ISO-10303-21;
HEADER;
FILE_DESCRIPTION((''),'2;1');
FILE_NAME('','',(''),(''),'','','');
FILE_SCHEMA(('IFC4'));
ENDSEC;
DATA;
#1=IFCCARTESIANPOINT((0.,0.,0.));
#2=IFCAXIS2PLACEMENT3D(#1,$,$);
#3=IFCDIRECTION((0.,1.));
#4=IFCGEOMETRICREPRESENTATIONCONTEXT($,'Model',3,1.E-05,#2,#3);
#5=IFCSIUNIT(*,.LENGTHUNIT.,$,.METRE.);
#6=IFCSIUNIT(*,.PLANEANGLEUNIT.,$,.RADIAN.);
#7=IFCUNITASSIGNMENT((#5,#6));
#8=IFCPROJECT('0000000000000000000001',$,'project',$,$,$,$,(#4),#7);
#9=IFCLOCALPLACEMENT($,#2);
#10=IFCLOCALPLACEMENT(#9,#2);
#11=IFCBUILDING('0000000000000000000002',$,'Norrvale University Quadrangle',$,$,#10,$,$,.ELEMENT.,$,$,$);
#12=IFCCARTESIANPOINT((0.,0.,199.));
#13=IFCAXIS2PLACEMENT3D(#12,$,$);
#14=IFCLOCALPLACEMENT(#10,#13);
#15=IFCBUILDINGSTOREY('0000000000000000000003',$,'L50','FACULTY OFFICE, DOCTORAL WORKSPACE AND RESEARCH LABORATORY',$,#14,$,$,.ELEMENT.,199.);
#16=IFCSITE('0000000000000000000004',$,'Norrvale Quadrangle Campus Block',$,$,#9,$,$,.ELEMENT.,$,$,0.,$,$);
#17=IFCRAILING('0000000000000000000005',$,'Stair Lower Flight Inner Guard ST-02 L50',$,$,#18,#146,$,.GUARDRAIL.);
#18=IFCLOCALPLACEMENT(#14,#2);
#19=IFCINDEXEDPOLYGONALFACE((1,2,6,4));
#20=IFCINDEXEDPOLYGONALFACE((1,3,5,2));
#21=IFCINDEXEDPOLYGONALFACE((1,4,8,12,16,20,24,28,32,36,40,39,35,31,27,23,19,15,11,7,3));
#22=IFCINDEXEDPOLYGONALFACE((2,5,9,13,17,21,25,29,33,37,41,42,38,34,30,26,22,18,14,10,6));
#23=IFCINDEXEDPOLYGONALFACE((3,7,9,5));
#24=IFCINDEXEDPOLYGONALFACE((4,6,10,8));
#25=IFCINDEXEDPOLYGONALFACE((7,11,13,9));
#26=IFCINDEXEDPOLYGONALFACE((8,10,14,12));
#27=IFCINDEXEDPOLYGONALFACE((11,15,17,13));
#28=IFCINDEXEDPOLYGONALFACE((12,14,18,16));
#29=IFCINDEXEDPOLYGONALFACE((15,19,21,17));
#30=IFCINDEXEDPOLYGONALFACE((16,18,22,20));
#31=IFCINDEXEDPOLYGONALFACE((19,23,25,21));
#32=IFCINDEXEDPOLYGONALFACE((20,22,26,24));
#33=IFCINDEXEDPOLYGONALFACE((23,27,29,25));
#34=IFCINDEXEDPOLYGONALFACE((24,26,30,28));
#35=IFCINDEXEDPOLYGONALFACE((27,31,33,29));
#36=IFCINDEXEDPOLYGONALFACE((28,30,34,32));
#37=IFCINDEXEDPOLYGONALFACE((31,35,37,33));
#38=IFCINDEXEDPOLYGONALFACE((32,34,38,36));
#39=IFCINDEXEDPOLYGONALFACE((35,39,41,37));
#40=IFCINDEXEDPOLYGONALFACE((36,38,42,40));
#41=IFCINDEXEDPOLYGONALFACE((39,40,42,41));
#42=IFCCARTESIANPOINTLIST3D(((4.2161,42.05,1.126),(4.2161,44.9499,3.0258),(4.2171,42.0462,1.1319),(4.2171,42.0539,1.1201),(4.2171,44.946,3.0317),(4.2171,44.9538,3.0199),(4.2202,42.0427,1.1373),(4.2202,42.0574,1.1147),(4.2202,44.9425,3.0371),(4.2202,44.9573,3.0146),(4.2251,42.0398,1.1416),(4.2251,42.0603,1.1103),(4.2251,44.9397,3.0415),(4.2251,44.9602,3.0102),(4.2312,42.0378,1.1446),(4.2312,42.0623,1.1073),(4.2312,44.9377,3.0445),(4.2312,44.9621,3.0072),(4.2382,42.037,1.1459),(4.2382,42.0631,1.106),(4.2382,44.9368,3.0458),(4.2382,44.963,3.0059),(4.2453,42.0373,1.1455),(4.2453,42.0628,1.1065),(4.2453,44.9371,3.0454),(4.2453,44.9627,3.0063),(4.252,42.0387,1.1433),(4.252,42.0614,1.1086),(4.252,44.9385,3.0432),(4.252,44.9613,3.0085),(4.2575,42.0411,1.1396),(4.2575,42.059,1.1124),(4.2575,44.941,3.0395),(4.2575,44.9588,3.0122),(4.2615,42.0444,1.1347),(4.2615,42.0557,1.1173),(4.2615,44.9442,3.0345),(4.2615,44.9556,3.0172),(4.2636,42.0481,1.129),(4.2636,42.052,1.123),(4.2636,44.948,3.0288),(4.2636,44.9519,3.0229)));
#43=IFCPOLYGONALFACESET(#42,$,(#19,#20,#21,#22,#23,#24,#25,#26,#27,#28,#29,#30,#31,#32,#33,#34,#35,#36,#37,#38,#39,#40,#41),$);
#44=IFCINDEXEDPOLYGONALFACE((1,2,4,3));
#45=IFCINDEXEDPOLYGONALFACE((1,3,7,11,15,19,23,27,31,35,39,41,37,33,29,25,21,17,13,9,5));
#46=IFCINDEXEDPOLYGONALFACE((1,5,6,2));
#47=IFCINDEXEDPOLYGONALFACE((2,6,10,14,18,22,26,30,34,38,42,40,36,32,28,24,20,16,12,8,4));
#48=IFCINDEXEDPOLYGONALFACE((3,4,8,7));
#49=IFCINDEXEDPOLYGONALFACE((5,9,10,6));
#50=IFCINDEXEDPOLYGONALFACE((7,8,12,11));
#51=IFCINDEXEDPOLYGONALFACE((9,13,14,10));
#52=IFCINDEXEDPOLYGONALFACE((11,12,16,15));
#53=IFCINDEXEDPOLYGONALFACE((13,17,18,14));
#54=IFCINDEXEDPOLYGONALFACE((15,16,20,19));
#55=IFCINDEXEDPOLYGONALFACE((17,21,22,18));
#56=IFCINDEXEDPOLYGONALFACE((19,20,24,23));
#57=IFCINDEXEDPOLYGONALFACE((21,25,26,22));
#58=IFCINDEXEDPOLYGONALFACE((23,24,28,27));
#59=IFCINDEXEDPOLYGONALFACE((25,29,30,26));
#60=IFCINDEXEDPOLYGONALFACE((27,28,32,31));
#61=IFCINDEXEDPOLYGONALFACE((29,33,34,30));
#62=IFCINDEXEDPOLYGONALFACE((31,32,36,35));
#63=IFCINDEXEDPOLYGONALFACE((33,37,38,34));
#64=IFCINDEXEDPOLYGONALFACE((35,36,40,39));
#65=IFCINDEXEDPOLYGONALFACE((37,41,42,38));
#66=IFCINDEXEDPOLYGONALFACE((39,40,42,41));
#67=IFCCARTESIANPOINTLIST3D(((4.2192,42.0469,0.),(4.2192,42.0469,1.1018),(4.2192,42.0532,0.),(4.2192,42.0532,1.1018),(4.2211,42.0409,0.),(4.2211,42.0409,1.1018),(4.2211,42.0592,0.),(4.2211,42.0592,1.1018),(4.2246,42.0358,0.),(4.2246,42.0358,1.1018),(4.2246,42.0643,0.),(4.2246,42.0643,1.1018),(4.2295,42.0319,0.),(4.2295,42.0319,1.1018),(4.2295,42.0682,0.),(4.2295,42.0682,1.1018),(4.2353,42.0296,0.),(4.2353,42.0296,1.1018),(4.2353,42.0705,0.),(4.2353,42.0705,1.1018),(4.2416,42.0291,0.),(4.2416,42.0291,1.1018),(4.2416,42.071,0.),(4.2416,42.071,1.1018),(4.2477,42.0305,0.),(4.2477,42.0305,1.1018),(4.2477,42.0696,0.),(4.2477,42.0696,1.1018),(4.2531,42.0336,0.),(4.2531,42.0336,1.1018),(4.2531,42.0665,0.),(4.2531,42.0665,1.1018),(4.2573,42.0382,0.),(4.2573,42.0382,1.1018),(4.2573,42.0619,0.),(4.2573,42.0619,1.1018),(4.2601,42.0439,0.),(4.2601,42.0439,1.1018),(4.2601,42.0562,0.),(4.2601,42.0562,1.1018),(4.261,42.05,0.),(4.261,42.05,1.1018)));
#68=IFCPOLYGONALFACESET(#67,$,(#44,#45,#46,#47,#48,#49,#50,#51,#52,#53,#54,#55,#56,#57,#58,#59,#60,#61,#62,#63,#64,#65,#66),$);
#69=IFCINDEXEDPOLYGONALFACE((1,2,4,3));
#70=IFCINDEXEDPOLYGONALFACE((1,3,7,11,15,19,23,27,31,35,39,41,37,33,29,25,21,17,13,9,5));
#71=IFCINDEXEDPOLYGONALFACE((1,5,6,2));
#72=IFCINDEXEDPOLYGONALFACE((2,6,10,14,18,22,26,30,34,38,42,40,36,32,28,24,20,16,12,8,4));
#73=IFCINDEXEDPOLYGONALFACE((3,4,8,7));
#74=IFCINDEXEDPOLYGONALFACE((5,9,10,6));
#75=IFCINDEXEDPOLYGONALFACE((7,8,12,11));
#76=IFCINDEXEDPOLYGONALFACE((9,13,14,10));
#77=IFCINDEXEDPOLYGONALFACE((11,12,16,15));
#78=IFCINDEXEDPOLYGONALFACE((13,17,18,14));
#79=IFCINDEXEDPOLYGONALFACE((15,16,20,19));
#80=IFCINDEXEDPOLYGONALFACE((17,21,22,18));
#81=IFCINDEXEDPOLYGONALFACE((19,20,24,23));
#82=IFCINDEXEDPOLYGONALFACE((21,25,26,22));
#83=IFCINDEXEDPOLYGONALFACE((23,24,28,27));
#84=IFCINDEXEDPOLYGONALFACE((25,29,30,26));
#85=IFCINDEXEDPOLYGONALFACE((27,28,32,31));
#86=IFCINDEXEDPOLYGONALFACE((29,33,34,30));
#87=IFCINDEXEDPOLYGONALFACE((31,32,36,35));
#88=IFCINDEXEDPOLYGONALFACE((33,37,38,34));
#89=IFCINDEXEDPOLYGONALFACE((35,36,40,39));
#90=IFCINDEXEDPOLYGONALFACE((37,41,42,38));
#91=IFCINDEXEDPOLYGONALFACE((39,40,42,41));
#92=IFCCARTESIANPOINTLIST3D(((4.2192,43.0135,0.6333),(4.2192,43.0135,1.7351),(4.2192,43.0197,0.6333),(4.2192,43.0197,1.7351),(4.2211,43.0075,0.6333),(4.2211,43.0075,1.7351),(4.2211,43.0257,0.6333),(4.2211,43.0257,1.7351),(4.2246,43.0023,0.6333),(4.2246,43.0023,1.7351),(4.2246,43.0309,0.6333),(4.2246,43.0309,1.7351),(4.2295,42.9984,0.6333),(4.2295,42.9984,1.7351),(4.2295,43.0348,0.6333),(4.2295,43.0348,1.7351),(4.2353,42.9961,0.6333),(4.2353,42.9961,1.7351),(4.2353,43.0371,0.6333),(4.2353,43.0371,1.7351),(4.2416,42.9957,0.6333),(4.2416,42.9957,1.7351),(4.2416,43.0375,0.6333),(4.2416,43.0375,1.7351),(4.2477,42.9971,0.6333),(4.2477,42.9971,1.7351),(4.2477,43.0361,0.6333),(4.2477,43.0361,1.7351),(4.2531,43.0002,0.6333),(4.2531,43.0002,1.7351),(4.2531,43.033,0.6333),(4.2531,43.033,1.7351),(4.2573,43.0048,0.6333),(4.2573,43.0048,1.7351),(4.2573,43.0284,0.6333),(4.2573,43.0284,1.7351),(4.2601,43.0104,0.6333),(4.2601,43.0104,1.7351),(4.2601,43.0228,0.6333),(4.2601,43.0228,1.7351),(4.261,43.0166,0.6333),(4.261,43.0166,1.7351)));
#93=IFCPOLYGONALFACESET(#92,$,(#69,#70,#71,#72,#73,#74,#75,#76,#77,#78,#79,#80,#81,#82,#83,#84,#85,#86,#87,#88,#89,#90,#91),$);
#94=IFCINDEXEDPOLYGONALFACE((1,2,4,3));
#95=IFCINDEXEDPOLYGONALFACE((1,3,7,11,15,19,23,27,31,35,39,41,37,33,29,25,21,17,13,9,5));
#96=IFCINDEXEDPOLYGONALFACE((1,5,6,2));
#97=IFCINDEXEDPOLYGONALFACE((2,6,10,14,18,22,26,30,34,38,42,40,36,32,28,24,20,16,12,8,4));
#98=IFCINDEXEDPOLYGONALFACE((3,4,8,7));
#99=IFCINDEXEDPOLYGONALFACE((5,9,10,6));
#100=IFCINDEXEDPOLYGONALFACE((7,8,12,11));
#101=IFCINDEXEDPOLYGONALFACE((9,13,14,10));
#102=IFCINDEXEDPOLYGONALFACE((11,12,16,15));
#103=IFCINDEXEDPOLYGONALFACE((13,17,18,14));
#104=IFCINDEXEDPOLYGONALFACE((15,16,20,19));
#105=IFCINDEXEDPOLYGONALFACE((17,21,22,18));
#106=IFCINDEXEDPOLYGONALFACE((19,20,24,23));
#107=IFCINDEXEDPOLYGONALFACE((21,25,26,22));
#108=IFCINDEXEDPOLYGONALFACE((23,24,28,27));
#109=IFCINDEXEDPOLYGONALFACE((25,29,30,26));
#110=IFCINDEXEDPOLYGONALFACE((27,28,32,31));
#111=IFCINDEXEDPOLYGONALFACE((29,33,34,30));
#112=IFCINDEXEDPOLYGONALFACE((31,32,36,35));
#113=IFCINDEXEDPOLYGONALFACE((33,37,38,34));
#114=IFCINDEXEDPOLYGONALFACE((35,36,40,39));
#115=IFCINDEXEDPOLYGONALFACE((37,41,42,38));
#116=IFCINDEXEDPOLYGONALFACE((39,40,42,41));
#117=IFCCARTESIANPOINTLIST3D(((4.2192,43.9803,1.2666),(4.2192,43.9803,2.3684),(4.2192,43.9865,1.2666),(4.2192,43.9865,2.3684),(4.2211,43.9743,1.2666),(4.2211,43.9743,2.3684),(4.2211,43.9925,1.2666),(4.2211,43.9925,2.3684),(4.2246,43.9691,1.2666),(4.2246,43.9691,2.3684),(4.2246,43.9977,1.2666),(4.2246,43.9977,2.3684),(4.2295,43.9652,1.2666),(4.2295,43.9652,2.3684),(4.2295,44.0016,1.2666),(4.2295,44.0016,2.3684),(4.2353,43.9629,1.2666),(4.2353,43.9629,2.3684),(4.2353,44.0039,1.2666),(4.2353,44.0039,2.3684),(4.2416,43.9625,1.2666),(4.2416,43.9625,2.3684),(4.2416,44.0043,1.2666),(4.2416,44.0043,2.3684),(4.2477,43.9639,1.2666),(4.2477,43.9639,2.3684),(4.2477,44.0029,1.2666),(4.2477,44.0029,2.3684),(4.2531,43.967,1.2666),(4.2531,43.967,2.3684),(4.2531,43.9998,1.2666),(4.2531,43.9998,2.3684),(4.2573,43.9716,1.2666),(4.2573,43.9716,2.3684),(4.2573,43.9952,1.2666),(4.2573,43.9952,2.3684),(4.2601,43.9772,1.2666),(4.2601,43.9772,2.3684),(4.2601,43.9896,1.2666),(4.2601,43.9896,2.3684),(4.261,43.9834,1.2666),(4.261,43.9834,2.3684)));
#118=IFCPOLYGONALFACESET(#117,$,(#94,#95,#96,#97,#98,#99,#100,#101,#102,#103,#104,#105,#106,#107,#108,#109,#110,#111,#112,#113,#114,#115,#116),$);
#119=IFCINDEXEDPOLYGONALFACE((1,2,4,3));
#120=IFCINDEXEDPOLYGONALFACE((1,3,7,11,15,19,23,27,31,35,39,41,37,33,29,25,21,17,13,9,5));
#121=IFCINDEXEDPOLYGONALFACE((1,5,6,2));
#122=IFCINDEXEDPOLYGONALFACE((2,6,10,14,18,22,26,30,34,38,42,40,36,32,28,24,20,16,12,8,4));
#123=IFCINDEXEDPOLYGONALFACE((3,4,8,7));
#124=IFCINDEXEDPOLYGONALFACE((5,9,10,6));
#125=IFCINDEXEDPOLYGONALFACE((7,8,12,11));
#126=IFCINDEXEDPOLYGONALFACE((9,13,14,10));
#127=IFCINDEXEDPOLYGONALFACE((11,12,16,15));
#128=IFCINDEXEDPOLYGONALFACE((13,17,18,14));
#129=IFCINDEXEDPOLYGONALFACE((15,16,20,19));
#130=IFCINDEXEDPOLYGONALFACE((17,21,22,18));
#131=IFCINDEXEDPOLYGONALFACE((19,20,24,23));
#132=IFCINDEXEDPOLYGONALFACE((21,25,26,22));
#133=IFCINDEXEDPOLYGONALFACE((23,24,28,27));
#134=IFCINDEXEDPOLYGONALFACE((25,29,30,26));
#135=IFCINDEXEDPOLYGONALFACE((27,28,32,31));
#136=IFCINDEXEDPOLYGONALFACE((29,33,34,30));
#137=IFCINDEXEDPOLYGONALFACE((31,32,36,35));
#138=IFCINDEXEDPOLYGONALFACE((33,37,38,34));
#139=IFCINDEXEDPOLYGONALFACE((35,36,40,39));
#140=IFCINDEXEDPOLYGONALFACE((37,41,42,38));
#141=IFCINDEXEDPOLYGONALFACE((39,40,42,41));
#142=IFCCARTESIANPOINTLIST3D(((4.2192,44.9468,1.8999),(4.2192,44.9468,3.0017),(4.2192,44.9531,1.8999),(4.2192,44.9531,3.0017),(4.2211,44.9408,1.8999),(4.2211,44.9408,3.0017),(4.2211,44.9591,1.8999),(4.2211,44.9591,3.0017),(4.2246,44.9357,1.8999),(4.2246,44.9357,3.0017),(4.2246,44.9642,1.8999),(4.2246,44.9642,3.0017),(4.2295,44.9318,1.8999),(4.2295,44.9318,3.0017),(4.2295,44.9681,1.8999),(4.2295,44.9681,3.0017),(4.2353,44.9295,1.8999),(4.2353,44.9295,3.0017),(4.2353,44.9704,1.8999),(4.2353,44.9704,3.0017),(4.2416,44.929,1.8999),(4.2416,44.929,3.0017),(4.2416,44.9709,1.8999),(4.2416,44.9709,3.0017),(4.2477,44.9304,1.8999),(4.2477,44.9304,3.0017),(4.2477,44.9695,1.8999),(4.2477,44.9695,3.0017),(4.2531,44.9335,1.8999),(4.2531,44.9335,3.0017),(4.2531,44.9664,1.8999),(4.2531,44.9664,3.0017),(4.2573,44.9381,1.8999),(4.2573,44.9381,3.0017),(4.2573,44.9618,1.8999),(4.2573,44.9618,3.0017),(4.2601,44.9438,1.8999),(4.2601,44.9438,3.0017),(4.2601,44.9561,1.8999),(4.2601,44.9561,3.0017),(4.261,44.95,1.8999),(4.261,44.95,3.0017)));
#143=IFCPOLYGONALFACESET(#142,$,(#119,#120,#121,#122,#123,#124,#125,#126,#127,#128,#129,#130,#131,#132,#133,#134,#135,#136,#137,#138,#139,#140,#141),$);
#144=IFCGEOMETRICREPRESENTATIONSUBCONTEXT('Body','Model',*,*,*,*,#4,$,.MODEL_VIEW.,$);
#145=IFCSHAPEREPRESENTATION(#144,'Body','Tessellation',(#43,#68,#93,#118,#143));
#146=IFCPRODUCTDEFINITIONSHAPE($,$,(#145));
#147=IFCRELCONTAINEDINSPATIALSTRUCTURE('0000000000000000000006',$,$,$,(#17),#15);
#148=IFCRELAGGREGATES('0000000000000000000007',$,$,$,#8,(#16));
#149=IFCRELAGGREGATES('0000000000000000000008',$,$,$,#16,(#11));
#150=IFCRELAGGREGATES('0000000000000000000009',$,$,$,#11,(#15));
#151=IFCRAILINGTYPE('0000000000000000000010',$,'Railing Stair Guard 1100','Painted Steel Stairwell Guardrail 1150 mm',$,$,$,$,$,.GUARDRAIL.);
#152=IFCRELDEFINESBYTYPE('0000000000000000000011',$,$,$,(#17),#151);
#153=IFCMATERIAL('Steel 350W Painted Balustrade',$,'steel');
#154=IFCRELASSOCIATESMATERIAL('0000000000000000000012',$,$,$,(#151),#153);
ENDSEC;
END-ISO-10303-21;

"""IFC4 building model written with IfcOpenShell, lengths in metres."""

from ifc_helpers import new_model, si_unit, direction, frame, origin, origin_2d, place, context, subcontext, project, spatial, circle, extrude, material, type_object, element, save


model = new_model("IFC4")

# Units and contexts
model_context = context("Model", 3, precision=1e-05, world=origin(), true_north=direction((0.0, 1.0)))
body_context = subcontext(model_context, "Body", "Model", "MODEL_VIEW")
ifc_project = project(units=[si_unit("LENGTHUNIT", "METRE"), si_unit("PLANEANGLEUNIT", "RADIAN")], contexts=[model_context])

# Site, building, storey
site_placement = place(None, origin())
site = spatial("IfcSite", under=ifc_project, at=site_placement, Name="Norrvale Quadrangle Campus Block", CompositionType="ELEMENT", RefElevation=0.0)
building_placement = place(site_placement, origin())
building = spatial("IfcBuilding", under=site, at=building_placement, Name="Norrvale University Quadrangle", CompositionType="ELEMENT")
storey_placement = place(building_placement, frame((0.0, 0.0, 199.0)))
storey = spatial("IfcBuildingStorey", under=building, at=storey_placement, Name="L50", Description="FACULTY OFFICE, DOCTORAL WORKSPACE AND RESEARCH LABORATORY", CompositionType="ELEMENT", Elevation=199.0)

# Railing
ifc_material_1 = material(Name="Steel 350W Painted Balustrade", Category="steel")
railing_type_1 = type_object("IfcRailingType", Name="Railing Stair Guard 1100", Description="Painted Steel Stairwell Guardrail 1150 mm", PredefinedType="GUARDRAIL", material=ifc_material_1)
railing_1_placement = place(storey_placement, frame((4.24, 42.05, 0.0)))
element("IfcRailing", 1, at=railing_1_placement, inside=storey, type_object=railing_type_1, Name="Stair Lower Flight Inner Guard ST-02 L50", PredefinedType="GUARDRAIL", context=body_context, shape_type="SweptSolid", body=[
    extrude(circle(Radius=0.0239, at=origin_2d()), frame((0.0, 0.0, 1.126), z_axis=(0.0, 0.836466, 0.548019), x_axis=(-1.0, 0.0, 0.0)), (0.0, 0.0, 1.0), 3.4668),
    extrude(circle(Radius=0.021, at=origin_2d()), origin(), (0.0, 0.0, 1.0), 1.1018),
    extrude(circle(Radius=0.021, at=origin_2d()), frame((0.0, 0.9666, 0.6333)), (0.0, 0.0, 1.0), 1.1018),
    extrude(circle(Radius=0.021, at=origin_2d()), frame((0.0, 1.9333, 1.2666)), (0.0, 0.0, 1.0), 1.1018),
    extrude(circle(Radius=0.021, at=origin_2d()), frame((0.0, 2.8999, 1.8999)), (0.0, 0.0, 1.0), 1.1018),
])

save(model, "model.ifc")
